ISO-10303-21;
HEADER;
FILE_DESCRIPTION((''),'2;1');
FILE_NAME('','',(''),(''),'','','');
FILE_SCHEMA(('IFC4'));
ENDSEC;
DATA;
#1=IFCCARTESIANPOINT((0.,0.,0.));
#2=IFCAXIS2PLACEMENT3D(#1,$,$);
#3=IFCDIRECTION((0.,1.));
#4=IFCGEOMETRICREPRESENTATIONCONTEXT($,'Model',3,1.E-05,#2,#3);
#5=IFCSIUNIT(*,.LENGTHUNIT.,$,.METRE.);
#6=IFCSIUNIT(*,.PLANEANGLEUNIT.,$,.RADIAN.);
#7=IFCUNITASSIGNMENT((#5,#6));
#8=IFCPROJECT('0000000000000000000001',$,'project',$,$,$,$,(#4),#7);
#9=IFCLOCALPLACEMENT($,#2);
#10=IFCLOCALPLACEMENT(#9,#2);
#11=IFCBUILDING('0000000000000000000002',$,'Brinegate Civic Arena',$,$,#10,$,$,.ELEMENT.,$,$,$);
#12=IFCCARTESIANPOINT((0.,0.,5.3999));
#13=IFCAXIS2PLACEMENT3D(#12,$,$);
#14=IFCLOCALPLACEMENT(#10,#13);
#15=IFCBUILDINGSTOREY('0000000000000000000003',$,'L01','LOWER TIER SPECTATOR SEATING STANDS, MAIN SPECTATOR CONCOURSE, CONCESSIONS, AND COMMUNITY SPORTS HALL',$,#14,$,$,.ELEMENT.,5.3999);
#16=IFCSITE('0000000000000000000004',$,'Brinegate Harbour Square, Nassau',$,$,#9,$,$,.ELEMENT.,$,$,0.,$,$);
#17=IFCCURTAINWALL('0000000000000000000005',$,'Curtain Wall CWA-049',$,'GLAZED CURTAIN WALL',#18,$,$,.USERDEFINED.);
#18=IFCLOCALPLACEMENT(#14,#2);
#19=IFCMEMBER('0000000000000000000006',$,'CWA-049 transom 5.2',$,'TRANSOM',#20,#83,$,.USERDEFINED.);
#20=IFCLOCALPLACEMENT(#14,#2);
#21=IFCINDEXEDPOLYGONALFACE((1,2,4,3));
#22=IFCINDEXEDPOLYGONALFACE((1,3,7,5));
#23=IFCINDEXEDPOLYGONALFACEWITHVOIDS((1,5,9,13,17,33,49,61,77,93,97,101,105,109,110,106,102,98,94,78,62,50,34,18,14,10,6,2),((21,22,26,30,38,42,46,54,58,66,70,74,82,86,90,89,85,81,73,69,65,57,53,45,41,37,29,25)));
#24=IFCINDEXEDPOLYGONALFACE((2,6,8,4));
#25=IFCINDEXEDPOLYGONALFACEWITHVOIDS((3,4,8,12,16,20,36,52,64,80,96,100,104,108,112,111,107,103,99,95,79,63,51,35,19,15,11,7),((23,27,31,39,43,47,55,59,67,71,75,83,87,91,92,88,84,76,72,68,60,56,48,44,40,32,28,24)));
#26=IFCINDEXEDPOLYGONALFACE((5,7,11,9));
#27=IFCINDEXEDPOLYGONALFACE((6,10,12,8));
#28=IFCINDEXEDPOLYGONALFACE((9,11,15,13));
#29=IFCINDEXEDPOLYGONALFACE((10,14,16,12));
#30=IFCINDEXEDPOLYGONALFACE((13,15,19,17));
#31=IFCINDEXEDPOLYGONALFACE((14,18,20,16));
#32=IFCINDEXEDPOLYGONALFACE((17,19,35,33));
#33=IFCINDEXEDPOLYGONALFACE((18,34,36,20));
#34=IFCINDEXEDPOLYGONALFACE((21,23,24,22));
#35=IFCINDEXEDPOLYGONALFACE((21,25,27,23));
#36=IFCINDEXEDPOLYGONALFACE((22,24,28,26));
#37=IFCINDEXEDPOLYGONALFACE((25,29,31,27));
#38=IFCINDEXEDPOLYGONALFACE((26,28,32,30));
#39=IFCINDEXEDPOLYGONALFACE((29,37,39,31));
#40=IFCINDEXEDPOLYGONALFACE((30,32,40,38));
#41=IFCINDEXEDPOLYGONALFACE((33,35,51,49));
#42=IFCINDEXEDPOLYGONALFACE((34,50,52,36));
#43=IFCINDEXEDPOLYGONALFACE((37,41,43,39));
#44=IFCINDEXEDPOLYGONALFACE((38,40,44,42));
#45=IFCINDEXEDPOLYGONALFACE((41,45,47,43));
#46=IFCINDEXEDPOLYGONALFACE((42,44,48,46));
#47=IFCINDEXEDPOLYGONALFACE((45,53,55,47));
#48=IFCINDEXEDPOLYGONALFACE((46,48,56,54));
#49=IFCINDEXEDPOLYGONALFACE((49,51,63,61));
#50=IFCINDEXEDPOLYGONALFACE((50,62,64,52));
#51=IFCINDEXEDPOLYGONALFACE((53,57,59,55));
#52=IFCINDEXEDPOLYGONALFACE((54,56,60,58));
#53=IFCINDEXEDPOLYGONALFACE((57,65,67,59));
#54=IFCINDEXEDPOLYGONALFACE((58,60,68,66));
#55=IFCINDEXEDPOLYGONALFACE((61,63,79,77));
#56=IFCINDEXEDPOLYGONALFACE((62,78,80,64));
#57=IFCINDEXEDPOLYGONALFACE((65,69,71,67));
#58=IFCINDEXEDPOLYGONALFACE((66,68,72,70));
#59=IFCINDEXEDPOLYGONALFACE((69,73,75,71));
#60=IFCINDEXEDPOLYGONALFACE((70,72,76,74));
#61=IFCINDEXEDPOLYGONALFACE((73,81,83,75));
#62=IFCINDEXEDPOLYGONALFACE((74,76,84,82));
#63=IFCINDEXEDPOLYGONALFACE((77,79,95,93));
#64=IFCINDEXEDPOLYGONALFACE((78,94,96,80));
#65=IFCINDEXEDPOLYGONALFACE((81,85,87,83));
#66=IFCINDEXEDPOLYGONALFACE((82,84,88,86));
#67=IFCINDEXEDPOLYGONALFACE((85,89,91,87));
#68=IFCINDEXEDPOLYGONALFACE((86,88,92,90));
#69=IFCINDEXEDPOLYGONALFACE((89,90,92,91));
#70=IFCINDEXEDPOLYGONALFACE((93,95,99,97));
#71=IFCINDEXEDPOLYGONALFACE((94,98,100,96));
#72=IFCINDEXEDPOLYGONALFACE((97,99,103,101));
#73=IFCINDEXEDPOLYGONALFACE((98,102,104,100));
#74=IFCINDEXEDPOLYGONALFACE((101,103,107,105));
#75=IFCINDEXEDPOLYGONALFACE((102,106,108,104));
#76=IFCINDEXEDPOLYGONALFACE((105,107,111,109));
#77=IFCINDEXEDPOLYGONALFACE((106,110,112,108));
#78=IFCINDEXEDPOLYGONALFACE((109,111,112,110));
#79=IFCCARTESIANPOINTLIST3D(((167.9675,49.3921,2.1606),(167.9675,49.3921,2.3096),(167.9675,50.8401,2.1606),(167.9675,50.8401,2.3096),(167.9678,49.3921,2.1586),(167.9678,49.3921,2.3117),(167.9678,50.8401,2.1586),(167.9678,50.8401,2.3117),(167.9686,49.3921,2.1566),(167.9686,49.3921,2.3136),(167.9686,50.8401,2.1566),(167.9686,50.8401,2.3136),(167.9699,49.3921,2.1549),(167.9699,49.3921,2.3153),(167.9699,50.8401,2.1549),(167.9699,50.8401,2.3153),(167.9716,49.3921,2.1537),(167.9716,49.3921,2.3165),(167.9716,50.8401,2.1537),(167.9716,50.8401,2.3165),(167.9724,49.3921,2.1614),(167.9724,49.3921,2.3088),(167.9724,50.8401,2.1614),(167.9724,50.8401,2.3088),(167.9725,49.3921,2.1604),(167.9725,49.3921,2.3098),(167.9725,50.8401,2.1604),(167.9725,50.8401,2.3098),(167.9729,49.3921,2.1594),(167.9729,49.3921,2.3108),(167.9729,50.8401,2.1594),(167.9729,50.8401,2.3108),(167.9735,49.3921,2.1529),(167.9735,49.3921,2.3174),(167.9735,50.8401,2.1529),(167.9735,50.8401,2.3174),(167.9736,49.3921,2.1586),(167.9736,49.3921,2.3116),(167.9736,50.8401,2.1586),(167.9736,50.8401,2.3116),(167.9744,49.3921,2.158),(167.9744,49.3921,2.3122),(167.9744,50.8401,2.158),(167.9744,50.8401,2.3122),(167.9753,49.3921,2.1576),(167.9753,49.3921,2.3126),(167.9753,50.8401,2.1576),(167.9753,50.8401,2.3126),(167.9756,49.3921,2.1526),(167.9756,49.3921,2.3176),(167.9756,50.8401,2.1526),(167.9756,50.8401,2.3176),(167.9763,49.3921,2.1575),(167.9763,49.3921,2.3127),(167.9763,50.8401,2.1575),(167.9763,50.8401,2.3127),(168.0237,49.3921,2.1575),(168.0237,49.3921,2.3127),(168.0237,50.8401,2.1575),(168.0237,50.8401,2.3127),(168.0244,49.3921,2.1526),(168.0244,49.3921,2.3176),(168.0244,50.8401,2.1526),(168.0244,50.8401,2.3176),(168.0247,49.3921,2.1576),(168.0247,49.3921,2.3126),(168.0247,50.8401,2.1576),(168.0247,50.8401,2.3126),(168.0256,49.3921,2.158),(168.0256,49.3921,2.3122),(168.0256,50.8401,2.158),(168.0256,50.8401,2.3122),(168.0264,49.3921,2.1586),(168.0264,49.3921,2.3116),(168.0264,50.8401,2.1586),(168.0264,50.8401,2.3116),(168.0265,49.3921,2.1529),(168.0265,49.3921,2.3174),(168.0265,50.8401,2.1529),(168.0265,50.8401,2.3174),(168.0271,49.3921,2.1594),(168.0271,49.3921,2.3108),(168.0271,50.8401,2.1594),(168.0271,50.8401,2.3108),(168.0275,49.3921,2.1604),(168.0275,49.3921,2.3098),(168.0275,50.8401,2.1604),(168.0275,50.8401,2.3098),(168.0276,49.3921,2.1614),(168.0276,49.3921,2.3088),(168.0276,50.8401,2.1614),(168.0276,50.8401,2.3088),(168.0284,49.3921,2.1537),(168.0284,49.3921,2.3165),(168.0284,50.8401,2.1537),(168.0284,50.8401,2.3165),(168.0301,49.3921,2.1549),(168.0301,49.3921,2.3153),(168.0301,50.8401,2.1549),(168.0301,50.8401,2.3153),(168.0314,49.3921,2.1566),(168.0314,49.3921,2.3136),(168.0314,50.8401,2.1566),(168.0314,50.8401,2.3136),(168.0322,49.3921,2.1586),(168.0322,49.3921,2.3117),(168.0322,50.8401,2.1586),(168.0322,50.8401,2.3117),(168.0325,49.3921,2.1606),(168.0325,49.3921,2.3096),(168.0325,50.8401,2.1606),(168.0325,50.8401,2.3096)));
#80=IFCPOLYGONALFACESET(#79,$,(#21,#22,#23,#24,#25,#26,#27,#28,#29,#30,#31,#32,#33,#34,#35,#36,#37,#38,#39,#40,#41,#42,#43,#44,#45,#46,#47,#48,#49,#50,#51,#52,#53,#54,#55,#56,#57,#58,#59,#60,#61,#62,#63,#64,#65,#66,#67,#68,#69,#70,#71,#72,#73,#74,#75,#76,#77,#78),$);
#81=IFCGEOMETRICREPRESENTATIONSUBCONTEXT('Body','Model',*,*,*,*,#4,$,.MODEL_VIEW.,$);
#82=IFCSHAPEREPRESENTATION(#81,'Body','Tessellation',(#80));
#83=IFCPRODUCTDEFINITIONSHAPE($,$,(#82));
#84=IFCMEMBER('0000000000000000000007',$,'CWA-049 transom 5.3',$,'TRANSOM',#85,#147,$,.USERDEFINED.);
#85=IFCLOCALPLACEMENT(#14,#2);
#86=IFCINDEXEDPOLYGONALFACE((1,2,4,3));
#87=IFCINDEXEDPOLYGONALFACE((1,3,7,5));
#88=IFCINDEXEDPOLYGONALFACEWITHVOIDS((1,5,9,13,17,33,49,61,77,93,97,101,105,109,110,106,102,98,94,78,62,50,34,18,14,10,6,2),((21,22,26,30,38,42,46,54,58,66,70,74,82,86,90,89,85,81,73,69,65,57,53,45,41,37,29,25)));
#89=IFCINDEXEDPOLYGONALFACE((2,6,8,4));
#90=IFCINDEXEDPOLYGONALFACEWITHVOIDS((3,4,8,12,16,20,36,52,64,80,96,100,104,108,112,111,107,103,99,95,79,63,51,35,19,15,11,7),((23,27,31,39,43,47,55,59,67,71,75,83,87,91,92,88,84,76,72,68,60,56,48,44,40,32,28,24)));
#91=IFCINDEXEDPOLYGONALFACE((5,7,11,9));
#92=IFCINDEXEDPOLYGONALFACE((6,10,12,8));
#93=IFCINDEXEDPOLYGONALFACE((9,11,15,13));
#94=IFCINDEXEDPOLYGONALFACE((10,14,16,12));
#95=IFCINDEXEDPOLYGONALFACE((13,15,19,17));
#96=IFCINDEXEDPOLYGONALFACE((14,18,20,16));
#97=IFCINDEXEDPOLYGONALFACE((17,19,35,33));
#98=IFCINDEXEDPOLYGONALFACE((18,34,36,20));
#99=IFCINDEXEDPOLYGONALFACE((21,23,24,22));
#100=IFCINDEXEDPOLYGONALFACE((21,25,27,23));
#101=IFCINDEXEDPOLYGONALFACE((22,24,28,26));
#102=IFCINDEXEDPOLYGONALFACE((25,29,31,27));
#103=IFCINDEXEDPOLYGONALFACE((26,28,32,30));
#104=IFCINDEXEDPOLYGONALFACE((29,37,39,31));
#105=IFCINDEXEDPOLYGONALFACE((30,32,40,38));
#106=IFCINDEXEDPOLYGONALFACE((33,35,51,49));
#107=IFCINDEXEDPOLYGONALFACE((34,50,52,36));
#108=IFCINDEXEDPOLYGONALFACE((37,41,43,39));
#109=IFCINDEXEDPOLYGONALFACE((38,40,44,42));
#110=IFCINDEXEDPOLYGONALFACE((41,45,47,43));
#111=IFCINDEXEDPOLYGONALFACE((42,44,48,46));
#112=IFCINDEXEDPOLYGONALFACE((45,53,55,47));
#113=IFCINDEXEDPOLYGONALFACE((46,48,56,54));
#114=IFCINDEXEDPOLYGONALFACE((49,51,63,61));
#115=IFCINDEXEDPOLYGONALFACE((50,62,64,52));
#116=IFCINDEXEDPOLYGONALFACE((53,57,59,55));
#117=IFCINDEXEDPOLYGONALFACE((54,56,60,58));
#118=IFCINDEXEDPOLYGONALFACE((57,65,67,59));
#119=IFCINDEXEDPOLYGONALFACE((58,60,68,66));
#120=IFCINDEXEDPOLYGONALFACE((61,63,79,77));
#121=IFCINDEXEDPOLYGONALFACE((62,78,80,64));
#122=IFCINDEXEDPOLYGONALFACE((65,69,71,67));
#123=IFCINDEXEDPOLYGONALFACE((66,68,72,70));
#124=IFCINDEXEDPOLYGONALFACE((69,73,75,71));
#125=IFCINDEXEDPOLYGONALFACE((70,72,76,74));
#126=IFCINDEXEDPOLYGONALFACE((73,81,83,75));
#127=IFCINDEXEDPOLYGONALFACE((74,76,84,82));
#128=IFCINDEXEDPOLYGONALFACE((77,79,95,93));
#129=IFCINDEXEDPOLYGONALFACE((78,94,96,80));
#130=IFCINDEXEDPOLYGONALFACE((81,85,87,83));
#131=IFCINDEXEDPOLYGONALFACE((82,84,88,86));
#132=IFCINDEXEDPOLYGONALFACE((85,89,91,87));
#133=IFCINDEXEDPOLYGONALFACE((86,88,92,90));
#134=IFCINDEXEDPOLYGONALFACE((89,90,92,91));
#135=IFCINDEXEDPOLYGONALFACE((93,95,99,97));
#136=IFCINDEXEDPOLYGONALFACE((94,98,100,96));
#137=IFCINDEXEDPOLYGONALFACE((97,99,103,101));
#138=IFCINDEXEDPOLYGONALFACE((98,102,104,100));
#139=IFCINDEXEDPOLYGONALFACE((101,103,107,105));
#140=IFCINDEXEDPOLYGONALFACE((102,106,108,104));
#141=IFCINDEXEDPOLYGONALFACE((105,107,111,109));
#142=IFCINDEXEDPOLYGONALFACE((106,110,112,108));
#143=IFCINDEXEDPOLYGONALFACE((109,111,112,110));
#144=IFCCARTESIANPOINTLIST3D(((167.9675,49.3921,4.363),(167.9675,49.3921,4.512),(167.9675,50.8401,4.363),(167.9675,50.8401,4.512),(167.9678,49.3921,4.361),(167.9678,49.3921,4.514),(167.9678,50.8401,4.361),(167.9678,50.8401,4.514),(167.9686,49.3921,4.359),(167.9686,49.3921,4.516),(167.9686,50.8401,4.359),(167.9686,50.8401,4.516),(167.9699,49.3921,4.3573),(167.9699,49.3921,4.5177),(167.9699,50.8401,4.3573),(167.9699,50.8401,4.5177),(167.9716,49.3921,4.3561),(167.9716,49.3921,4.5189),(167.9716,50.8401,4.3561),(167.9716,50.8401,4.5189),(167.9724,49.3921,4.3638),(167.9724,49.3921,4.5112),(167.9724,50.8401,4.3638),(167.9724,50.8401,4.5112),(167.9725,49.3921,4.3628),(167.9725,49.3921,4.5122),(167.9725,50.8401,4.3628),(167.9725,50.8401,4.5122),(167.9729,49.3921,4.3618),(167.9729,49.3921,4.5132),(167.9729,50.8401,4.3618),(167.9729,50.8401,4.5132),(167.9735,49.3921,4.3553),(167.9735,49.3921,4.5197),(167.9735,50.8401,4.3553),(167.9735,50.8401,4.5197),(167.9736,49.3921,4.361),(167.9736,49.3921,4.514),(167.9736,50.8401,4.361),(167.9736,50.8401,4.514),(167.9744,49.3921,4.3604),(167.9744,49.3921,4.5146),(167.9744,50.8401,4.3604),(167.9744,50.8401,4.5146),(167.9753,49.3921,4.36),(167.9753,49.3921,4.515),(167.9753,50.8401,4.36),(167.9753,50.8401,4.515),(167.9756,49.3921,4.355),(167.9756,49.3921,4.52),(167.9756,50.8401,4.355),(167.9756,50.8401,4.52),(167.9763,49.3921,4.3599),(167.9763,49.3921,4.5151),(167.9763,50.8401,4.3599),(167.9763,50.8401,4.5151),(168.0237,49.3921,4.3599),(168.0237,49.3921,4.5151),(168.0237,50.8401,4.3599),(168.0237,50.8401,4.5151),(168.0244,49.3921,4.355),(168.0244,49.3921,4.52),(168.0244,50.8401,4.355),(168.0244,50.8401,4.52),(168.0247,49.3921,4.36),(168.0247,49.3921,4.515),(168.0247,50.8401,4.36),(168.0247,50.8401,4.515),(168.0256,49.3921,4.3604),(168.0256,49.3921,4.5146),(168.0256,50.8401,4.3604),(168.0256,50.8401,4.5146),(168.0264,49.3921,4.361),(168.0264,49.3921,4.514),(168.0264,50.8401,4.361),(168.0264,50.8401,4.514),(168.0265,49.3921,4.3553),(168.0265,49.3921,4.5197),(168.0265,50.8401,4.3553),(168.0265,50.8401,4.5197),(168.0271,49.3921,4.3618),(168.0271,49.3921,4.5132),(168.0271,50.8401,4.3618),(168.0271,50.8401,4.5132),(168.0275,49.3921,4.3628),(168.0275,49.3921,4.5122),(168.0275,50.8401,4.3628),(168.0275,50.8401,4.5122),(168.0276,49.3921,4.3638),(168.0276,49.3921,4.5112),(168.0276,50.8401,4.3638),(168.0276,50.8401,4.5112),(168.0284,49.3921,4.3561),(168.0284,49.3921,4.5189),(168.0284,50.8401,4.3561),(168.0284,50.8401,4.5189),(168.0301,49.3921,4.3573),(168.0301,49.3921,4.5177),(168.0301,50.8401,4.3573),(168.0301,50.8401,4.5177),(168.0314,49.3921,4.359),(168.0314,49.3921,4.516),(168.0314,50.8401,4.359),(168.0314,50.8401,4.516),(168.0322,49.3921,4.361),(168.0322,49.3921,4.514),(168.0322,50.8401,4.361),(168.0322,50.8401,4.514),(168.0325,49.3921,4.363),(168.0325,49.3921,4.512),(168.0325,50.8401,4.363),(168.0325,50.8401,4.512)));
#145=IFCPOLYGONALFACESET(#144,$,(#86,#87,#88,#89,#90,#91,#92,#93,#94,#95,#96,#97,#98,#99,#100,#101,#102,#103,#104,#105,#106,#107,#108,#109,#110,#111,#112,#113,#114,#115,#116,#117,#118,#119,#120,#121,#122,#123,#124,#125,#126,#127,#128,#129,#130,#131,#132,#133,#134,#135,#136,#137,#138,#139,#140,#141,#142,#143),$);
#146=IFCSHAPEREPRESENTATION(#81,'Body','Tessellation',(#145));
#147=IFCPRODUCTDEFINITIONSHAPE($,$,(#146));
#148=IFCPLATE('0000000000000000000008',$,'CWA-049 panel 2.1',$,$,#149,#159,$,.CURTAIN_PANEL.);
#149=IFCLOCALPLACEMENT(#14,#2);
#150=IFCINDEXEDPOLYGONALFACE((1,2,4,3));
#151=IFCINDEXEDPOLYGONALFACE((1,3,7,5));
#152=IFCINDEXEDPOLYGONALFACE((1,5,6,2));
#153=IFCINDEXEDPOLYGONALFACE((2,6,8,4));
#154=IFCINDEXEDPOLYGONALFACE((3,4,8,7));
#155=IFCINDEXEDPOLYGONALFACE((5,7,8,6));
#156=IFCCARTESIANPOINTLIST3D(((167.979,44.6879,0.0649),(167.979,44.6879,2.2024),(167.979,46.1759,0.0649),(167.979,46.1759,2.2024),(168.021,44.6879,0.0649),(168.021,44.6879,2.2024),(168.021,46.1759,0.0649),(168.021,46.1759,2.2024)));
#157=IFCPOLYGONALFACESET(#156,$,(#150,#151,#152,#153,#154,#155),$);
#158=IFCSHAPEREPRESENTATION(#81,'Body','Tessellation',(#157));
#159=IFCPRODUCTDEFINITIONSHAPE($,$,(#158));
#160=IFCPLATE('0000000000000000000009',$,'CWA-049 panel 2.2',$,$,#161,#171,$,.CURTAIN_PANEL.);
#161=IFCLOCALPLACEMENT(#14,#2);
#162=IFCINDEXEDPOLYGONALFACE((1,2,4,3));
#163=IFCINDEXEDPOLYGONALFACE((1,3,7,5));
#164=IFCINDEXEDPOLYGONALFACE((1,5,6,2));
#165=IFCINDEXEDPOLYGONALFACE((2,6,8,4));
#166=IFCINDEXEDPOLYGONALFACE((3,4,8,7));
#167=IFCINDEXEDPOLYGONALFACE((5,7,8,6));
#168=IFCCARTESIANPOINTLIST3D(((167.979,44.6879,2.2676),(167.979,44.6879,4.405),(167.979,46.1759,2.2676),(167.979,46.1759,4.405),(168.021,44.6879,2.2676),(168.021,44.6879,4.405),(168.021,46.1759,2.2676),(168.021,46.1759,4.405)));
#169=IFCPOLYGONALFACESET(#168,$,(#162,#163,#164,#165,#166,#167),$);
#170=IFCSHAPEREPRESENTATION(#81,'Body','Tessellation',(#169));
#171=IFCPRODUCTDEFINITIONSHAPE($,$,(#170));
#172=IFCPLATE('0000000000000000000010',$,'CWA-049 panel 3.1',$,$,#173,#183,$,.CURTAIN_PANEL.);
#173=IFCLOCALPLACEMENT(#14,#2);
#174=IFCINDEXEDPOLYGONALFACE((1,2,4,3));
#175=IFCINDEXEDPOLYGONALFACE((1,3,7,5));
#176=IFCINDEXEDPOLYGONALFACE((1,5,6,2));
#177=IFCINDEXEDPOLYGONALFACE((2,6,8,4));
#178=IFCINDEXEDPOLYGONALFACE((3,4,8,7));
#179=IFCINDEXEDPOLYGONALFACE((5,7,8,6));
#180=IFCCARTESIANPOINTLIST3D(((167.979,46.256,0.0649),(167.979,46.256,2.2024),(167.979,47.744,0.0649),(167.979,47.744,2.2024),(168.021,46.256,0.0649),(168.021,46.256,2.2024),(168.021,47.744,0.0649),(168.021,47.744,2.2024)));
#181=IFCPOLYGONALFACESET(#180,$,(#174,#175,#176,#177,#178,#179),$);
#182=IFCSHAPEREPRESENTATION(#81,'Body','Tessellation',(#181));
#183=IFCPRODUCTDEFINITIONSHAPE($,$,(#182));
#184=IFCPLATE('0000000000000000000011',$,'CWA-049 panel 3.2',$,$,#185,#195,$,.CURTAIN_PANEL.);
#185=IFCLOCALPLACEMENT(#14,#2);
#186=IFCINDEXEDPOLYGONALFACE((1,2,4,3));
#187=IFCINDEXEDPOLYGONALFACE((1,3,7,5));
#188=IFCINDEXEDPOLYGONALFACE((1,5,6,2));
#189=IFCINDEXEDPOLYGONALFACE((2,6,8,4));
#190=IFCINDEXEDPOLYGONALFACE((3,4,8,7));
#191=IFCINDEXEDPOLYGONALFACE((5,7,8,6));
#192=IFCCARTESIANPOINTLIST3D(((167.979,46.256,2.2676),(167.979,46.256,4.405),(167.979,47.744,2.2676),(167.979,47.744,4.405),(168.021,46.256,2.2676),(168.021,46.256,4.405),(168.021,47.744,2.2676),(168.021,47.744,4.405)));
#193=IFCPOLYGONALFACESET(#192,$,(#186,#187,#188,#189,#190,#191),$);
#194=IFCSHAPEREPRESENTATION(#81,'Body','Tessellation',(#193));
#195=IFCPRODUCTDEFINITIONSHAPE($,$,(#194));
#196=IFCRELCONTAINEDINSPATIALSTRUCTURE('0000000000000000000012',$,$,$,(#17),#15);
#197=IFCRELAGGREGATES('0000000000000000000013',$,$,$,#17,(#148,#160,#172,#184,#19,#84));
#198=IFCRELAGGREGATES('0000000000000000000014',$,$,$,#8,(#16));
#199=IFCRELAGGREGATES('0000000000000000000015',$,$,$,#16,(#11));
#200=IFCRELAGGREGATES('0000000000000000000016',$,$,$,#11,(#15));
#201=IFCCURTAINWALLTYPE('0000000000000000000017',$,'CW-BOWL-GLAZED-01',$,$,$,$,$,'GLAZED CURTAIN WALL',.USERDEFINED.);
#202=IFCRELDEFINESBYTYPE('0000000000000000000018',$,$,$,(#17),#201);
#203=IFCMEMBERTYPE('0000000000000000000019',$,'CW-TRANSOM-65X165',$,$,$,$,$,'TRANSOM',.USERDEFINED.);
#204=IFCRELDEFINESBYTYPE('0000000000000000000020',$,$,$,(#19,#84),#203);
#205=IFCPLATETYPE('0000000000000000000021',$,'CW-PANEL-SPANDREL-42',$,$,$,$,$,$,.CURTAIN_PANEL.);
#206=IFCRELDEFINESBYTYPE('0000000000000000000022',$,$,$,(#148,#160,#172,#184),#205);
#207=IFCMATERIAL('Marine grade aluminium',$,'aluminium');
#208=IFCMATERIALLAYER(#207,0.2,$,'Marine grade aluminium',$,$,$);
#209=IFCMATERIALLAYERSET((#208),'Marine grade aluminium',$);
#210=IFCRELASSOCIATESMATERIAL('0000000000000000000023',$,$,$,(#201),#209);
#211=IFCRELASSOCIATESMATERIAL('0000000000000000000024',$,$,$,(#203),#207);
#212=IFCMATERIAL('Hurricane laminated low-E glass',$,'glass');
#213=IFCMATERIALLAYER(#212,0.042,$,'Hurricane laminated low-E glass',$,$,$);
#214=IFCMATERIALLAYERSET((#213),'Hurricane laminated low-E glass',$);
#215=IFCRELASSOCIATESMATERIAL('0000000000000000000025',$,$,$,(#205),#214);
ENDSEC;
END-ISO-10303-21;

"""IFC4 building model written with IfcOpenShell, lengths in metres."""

from ifc_helpers import new_model, si_unit, direction, frame, origin, origin_2d, place, context, subcontext, project, spatial, rectangle, hollow_rectangle, extrude, material, layer, layer_set, material_profile, profile_set, type_object, element, aggregate, save


model = new_model("IFC4")

# Units and contexts
model_context = context("Model", 3, precision=1e-05, world=origin(), true_north=direction((0.0, 1.0)))
body_context = subcontext(model_context, "Body", "Model", "MODEL_VIEW")
ifc_project = project(units=[si_unit("LENGTHUNIT", "METRE"), si_unit("PLANEANGLEUNIT", "RADIAN")], contexts=[model_context])

# Site, building, storey
site_placement = place(None, origin())
site = spatial("IfcSite", under=ifc_project, at=site_placement, Name="Brinegate Harbour Square, Nassau", CompositionType="ELEMENT", RefElevation=0.0)
building_placement = place(site_placement, origin())
building = spatial("IfcBuilding", under=site, at=building_placement, Name="Brinegate Civic Arena", CompositionType="ELEMENT")
storey_placement = place(building_placement, frame((0.0, 0.0, 5.3999)))
storey = spatial("IfcBuildingStorey", under=building, at=storey_placement, Name="L01", Description="LOWER TIER SPECTATOR SEATING STANDS, MAIN SPECTATOR CONCOURSE, CONCESSIONS, AND COMMUNITY SPORTS HALL", CompositionType="ELEMENT", Elevation=5.3999)

# Curtain wall, members, plates
ifc_material_1 = material(Name="Marine grade aluminium", Category="aluminium")
ifc_layer_1 = layer(ifc_material_1, 0.2, Name="Marine grade aluminium")
ifc_layer_set_1 = layer_set([ifc_layer_1], Name="Marine grade aluminium")
curtain_wall_type = type_object("IfcCurtainWallType", Name="CW-BOWL-GLAZED-01", ElementType="GLAZED CURTAIN WALL", PredefinedType="USERDEFINED", material=ifc_layer_set_1)
curtain_wall_placement = place(storey_placement, origin())
curtain_wall = element("IfcCurtainWall", 1, at=curtain_wall_placement, inside=storey, type_object=curtain_wall_type, Name="Curtain Wall CWA-049", ObjectType="GLAZED CURTAIN WALL", PredefinedType="USERDEFINED")
ifc_material_profile_1 = material_profile(ifc_material_1, hollow_rectangle(XDim=0.0649, YDim=0.165, WallThickness=0.0049, InnerFilletRadius=0.0039, OuterFilletRadius=0.0081, at=origin_2d()), Name="TRN65X165")
ifc_profile_set_1 = profile_set([ifc_material_profile_1], Name="Marine grade aluminium")
member_type_1 = type_object("IfcMemberType", Name="CW-TRANSOM-65X165", ElementType="TRANSOM", PredefinedType="USERDEFINED", material=ifc_profile_set_1)
member_1_placement = place(storey_placement, frame((168.0, 49.3921, 2.2351), z_axis=(0.0, 1.0, 0.0), x_axis=(-1.0, 0.0, 0.0)))
member_1 = element("IfcMember", 2, at=member_1_placement, type_object=member_type_1, Name="CWA-049 transom 5.2", ObjectType="TRANSOM", PredefinedType="USERDEFINED", context=body_context, shape_type="SweptSolid", body=[
    extrude(hollow_rectangle(XDim=0.0649, YDim=0.165, WallThickness=0.0049, InnerFilletRadius=0.0039, OuterFilletRadius=0.0081, at=origin_2d()), origin(), (0.0, 0.0, 1.0), 1.448),
])
member_2_placement = place(storey_placement, frame((168.0, 49.3921, 4.4375), z_axis=(0.0, 1.0, 0.0), x_axis=(-1.0, 0.0, 0.0)))
member_2 = element("IfcMember", 3, at=member_2_placement, type_object=member_type_1, Name="CWA-049 transom 5.3", ObjectType="TRANSOM", PredefinedType="USERDEFINED", context=body_context, shape_type="SweptSolid", body=[
    extrude(hollow_rectangle(XDim=0.0649, YDim=0.165, WallThickness=0.0049, InnerFilletRadius=0.0039, OuterFilletRadius=0.0081, at=origin_2d()), origin(), (0.0, 0.0, 1.0), 1.448),
])
ifc_material_2 = material(Name="Hurricane laminated low-E glass", Category="glass")
ifc_layer_2 = layer(ifc_material_2, 0.042, Name="Hurricane laminated low-E glass")
ifc_layer_set_2 = layer_set([ifc_layer_2], Name="Hurricane laminated low-E glass")
plate_type = type_object("IfcPlateType", Name="CW-PANEL-SPANDREL-42", PredefinedType="CURTAIN_PANEL", material=ifc_layer_set_2)
plate_1_placement = place(storey_placement, frame((168.0, 45.4319, 0.0649), z_axis=(0.0, 0.0, 1.0), x_axis=(0.0, 1.0, 0.0)))
plate_1 = element("IfcPlate", 4, at=plate_1_placement, type_object=plate_type, Name="CWA-049 panel 2.1", PredefinedType="CURTAIN_PANEL", context=body_context, shape_type="SweptSolid", body=[
    extrude(rectangle(XDim=1.488, YDim=0.042, at=origin_2d()), origin(), (0.0, 0.0, 1.0), 2.1375),
])
plate_2_placement = place(storey_placement, frame((168.0, 45.4319, 2.2676), z_axis=(0.0, 0.0, 1.0), x_axis=(0.0, 1.0, 0.0)))
plate_2 = element("IfcPlate", 5, at=plate_2_placement, type_object=plate_type, Name="CWA-049 panel 2.2", PredefinedType="CURTAIN_PANEL", context=body_context, shape_type="SweptSolid", body=[
    extrude(rectangle(XDim=1.488, YDim=0.042, at=origin_2d()), origin(), (0.0, 0.0, 1.0), 2.1375),
])
plate_3_placement = place(storey_placement, frame((168.0, 47.0, 0.0649), z_axis=(0.0, 0.0, 1.0), x_axis=(0.0, 1.0, 0.0)))
plate_3 = element("IfcPlate", 6, at=plate_3_placement, type_object=plate_type, Name="CWA-049 panel 3.1", PredefinedType="CURTAIN_PANEL", context=body_context, shape_type="SweptSolid", body=[
    extrude(rectangle(XDim=1.488, YDim=0.042, at=origin_2d()), origin(), (0.0, 0.0, 1.0), 2.1375),
])
plate_4_placement = place(storey_placement, frame((168.0, 47.0, 2.2676), z_axis=(0.0, 0.0, 1.0), x_axis=(0.0, 1.0, 0.0)))
plate_4 = element("IfcPlate", 7, at=plate_4_placement, type_object=plate_type, Name="CWA-049 panel 3.2", PredefinedType="CURTAIN_PANEL", context=body_context, shape_type="SweptSolid", body=[
    extrude(rectangle(XDim=1.488, YDim=0.042, at=origin_2d()), origin(), (0.0, 0.0, 1.0), 2.1375),
])
aggregate(curtain_wall, [plate_1, plate_2, plate_3, plate_4, member_1, member_2])

save(model, "model.ifc")
